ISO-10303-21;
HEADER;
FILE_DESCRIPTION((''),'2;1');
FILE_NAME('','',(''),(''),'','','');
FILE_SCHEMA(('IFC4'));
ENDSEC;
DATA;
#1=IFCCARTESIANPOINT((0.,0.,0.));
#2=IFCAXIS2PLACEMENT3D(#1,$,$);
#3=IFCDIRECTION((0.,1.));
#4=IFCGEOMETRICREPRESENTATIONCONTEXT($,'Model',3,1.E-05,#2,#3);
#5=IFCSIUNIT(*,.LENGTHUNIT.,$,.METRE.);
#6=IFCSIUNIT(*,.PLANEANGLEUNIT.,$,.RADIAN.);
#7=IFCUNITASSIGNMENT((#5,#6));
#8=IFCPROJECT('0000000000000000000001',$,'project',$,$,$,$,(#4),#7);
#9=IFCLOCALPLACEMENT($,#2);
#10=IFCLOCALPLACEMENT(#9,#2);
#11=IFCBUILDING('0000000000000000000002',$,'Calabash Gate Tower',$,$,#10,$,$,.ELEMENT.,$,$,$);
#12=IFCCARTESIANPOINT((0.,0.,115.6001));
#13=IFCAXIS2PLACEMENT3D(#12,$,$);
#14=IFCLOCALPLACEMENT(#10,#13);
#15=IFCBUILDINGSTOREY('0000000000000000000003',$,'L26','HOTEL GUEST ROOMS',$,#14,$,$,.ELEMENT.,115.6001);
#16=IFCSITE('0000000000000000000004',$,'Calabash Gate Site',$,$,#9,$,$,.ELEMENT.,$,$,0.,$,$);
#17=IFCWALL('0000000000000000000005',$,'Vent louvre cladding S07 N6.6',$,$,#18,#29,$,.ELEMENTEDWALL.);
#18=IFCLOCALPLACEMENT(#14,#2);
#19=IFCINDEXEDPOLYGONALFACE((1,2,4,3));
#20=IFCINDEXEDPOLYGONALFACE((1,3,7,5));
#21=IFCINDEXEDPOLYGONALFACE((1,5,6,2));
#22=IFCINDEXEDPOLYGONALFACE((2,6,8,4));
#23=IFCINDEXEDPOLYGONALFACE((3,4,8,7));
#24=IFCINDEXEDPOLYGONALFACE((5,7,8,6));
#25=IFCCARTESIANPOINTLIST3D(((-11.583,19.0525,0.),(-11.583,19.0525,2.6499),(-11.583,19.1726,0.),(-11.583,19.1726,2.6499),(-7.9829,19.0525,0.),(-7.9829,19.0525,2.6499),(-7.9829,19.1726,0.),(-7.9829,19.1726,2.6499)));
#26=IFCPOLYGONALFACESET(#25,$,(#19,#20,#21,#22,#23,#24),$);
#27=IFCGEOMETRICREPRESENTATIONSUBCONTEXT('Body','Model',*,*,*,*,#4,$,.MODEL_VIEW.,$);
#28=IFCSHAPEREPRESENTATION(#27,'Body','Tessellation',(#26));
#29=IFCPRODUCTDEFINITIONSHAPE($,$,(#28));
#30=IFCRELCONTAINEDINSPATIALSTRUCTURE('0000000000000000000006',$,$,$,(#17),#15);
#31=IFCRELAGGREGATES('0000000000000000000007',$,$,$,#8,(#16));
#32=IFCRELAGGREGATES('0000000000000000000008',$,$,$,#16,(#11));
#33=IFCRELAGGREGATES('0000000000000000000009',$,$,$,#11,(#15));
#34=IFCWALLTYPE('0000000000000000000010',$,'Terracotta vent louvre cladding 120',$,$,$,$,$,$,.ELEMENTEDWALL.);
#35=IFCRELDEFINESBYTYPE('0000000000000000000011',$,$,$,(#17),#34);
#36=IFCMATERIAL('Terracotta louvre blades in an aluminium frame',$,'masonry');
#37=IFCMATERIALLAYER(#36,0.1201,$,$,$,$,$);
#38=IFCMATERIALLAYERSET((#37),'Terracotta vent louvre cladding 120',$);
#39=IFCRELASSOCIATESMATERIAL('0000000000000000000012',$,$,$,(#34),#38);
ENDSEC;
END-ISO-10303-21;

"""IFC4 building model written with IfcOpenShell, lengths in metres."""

from ifc_helpers import new_model, si_unit, direction, frame, origin, place, context, subcontext, project, spatial, polyline, outline, extrude, material, layer, layer_set, type_object, element, save


model = new_model("IFC4")

# Units and contexts
model_context = context("Model", 3, precision=1e-05, world=origin(), true_north=direction((0.0, 1.0)))
body_context = subcontext(model_context, "Body", "Model", "MODEL_VIEW")
ifc_project = project(units=[si_unit("LENGTHUNIT", "METRE"), si_unit("PLANEANGLEUNIT", "RADIAN")], contexts=[model_context])

# Site, building, storey
site_placement = place(None, origin())
site = spatial("IfcSite", under=ifc_project, at=site_placement, Name="Calabash Gate Site", CompositionType="ELEMENT", RefElevation=0.0)
building_placement = place(site_placement, origin())
building = spatial("IfcBuilding", under=site, at=building_placement, Name="Calabash Gate Tower", CompositionType="ELEMENT")
storey_placement = place(building_placement, frame((0.0, 0.0, 115.6001)))
storey = spatial("IfcBuildingStorey", under=building, at=storey_placement, Name="L26", Description="HOTEL GUEST ROOMS", CompositionType="ELEMENT", Elevation=115.6001)

# Wall
ifc_material_1 = material(Name="Terracotta louvre blades in an aluminium frame", Category="masonry")
ifc_layer_1 = layer(ifc_material_1, 0.1201)
ifc_layer_set_1 = layer_set([ifc_layer_1], Name="Terracotta vent louvre cladding 120")
wall_type_1 = type_object("IfcWallType", Name="Terracotta vent louvre cladding 120", PredefinedType="ELEMENTEDWALL", material=ifc_layer_set_1)
wall_1_placement = place(storey_placement, origin())
element("IfcWall", 1, at=wall_1_placement, inside=storey, type_object=wall_type_1, Name="Vent louvre cladding S07 N6.6", PredefinedType="ELEMENTEDWALL", context=body_context, shape_type="SweptSolid", body=[
    extrude(outline(polyline([(-11.583, 19.1726), (-11.583, 19.0525), (-7.9829, 19.0525), (-7.9829, 19.1726), (-11.583, 19.1726)])), origin(), (0.0, 0.0, 1.0), 2.6499),
])

save(model, "model.ifc")
